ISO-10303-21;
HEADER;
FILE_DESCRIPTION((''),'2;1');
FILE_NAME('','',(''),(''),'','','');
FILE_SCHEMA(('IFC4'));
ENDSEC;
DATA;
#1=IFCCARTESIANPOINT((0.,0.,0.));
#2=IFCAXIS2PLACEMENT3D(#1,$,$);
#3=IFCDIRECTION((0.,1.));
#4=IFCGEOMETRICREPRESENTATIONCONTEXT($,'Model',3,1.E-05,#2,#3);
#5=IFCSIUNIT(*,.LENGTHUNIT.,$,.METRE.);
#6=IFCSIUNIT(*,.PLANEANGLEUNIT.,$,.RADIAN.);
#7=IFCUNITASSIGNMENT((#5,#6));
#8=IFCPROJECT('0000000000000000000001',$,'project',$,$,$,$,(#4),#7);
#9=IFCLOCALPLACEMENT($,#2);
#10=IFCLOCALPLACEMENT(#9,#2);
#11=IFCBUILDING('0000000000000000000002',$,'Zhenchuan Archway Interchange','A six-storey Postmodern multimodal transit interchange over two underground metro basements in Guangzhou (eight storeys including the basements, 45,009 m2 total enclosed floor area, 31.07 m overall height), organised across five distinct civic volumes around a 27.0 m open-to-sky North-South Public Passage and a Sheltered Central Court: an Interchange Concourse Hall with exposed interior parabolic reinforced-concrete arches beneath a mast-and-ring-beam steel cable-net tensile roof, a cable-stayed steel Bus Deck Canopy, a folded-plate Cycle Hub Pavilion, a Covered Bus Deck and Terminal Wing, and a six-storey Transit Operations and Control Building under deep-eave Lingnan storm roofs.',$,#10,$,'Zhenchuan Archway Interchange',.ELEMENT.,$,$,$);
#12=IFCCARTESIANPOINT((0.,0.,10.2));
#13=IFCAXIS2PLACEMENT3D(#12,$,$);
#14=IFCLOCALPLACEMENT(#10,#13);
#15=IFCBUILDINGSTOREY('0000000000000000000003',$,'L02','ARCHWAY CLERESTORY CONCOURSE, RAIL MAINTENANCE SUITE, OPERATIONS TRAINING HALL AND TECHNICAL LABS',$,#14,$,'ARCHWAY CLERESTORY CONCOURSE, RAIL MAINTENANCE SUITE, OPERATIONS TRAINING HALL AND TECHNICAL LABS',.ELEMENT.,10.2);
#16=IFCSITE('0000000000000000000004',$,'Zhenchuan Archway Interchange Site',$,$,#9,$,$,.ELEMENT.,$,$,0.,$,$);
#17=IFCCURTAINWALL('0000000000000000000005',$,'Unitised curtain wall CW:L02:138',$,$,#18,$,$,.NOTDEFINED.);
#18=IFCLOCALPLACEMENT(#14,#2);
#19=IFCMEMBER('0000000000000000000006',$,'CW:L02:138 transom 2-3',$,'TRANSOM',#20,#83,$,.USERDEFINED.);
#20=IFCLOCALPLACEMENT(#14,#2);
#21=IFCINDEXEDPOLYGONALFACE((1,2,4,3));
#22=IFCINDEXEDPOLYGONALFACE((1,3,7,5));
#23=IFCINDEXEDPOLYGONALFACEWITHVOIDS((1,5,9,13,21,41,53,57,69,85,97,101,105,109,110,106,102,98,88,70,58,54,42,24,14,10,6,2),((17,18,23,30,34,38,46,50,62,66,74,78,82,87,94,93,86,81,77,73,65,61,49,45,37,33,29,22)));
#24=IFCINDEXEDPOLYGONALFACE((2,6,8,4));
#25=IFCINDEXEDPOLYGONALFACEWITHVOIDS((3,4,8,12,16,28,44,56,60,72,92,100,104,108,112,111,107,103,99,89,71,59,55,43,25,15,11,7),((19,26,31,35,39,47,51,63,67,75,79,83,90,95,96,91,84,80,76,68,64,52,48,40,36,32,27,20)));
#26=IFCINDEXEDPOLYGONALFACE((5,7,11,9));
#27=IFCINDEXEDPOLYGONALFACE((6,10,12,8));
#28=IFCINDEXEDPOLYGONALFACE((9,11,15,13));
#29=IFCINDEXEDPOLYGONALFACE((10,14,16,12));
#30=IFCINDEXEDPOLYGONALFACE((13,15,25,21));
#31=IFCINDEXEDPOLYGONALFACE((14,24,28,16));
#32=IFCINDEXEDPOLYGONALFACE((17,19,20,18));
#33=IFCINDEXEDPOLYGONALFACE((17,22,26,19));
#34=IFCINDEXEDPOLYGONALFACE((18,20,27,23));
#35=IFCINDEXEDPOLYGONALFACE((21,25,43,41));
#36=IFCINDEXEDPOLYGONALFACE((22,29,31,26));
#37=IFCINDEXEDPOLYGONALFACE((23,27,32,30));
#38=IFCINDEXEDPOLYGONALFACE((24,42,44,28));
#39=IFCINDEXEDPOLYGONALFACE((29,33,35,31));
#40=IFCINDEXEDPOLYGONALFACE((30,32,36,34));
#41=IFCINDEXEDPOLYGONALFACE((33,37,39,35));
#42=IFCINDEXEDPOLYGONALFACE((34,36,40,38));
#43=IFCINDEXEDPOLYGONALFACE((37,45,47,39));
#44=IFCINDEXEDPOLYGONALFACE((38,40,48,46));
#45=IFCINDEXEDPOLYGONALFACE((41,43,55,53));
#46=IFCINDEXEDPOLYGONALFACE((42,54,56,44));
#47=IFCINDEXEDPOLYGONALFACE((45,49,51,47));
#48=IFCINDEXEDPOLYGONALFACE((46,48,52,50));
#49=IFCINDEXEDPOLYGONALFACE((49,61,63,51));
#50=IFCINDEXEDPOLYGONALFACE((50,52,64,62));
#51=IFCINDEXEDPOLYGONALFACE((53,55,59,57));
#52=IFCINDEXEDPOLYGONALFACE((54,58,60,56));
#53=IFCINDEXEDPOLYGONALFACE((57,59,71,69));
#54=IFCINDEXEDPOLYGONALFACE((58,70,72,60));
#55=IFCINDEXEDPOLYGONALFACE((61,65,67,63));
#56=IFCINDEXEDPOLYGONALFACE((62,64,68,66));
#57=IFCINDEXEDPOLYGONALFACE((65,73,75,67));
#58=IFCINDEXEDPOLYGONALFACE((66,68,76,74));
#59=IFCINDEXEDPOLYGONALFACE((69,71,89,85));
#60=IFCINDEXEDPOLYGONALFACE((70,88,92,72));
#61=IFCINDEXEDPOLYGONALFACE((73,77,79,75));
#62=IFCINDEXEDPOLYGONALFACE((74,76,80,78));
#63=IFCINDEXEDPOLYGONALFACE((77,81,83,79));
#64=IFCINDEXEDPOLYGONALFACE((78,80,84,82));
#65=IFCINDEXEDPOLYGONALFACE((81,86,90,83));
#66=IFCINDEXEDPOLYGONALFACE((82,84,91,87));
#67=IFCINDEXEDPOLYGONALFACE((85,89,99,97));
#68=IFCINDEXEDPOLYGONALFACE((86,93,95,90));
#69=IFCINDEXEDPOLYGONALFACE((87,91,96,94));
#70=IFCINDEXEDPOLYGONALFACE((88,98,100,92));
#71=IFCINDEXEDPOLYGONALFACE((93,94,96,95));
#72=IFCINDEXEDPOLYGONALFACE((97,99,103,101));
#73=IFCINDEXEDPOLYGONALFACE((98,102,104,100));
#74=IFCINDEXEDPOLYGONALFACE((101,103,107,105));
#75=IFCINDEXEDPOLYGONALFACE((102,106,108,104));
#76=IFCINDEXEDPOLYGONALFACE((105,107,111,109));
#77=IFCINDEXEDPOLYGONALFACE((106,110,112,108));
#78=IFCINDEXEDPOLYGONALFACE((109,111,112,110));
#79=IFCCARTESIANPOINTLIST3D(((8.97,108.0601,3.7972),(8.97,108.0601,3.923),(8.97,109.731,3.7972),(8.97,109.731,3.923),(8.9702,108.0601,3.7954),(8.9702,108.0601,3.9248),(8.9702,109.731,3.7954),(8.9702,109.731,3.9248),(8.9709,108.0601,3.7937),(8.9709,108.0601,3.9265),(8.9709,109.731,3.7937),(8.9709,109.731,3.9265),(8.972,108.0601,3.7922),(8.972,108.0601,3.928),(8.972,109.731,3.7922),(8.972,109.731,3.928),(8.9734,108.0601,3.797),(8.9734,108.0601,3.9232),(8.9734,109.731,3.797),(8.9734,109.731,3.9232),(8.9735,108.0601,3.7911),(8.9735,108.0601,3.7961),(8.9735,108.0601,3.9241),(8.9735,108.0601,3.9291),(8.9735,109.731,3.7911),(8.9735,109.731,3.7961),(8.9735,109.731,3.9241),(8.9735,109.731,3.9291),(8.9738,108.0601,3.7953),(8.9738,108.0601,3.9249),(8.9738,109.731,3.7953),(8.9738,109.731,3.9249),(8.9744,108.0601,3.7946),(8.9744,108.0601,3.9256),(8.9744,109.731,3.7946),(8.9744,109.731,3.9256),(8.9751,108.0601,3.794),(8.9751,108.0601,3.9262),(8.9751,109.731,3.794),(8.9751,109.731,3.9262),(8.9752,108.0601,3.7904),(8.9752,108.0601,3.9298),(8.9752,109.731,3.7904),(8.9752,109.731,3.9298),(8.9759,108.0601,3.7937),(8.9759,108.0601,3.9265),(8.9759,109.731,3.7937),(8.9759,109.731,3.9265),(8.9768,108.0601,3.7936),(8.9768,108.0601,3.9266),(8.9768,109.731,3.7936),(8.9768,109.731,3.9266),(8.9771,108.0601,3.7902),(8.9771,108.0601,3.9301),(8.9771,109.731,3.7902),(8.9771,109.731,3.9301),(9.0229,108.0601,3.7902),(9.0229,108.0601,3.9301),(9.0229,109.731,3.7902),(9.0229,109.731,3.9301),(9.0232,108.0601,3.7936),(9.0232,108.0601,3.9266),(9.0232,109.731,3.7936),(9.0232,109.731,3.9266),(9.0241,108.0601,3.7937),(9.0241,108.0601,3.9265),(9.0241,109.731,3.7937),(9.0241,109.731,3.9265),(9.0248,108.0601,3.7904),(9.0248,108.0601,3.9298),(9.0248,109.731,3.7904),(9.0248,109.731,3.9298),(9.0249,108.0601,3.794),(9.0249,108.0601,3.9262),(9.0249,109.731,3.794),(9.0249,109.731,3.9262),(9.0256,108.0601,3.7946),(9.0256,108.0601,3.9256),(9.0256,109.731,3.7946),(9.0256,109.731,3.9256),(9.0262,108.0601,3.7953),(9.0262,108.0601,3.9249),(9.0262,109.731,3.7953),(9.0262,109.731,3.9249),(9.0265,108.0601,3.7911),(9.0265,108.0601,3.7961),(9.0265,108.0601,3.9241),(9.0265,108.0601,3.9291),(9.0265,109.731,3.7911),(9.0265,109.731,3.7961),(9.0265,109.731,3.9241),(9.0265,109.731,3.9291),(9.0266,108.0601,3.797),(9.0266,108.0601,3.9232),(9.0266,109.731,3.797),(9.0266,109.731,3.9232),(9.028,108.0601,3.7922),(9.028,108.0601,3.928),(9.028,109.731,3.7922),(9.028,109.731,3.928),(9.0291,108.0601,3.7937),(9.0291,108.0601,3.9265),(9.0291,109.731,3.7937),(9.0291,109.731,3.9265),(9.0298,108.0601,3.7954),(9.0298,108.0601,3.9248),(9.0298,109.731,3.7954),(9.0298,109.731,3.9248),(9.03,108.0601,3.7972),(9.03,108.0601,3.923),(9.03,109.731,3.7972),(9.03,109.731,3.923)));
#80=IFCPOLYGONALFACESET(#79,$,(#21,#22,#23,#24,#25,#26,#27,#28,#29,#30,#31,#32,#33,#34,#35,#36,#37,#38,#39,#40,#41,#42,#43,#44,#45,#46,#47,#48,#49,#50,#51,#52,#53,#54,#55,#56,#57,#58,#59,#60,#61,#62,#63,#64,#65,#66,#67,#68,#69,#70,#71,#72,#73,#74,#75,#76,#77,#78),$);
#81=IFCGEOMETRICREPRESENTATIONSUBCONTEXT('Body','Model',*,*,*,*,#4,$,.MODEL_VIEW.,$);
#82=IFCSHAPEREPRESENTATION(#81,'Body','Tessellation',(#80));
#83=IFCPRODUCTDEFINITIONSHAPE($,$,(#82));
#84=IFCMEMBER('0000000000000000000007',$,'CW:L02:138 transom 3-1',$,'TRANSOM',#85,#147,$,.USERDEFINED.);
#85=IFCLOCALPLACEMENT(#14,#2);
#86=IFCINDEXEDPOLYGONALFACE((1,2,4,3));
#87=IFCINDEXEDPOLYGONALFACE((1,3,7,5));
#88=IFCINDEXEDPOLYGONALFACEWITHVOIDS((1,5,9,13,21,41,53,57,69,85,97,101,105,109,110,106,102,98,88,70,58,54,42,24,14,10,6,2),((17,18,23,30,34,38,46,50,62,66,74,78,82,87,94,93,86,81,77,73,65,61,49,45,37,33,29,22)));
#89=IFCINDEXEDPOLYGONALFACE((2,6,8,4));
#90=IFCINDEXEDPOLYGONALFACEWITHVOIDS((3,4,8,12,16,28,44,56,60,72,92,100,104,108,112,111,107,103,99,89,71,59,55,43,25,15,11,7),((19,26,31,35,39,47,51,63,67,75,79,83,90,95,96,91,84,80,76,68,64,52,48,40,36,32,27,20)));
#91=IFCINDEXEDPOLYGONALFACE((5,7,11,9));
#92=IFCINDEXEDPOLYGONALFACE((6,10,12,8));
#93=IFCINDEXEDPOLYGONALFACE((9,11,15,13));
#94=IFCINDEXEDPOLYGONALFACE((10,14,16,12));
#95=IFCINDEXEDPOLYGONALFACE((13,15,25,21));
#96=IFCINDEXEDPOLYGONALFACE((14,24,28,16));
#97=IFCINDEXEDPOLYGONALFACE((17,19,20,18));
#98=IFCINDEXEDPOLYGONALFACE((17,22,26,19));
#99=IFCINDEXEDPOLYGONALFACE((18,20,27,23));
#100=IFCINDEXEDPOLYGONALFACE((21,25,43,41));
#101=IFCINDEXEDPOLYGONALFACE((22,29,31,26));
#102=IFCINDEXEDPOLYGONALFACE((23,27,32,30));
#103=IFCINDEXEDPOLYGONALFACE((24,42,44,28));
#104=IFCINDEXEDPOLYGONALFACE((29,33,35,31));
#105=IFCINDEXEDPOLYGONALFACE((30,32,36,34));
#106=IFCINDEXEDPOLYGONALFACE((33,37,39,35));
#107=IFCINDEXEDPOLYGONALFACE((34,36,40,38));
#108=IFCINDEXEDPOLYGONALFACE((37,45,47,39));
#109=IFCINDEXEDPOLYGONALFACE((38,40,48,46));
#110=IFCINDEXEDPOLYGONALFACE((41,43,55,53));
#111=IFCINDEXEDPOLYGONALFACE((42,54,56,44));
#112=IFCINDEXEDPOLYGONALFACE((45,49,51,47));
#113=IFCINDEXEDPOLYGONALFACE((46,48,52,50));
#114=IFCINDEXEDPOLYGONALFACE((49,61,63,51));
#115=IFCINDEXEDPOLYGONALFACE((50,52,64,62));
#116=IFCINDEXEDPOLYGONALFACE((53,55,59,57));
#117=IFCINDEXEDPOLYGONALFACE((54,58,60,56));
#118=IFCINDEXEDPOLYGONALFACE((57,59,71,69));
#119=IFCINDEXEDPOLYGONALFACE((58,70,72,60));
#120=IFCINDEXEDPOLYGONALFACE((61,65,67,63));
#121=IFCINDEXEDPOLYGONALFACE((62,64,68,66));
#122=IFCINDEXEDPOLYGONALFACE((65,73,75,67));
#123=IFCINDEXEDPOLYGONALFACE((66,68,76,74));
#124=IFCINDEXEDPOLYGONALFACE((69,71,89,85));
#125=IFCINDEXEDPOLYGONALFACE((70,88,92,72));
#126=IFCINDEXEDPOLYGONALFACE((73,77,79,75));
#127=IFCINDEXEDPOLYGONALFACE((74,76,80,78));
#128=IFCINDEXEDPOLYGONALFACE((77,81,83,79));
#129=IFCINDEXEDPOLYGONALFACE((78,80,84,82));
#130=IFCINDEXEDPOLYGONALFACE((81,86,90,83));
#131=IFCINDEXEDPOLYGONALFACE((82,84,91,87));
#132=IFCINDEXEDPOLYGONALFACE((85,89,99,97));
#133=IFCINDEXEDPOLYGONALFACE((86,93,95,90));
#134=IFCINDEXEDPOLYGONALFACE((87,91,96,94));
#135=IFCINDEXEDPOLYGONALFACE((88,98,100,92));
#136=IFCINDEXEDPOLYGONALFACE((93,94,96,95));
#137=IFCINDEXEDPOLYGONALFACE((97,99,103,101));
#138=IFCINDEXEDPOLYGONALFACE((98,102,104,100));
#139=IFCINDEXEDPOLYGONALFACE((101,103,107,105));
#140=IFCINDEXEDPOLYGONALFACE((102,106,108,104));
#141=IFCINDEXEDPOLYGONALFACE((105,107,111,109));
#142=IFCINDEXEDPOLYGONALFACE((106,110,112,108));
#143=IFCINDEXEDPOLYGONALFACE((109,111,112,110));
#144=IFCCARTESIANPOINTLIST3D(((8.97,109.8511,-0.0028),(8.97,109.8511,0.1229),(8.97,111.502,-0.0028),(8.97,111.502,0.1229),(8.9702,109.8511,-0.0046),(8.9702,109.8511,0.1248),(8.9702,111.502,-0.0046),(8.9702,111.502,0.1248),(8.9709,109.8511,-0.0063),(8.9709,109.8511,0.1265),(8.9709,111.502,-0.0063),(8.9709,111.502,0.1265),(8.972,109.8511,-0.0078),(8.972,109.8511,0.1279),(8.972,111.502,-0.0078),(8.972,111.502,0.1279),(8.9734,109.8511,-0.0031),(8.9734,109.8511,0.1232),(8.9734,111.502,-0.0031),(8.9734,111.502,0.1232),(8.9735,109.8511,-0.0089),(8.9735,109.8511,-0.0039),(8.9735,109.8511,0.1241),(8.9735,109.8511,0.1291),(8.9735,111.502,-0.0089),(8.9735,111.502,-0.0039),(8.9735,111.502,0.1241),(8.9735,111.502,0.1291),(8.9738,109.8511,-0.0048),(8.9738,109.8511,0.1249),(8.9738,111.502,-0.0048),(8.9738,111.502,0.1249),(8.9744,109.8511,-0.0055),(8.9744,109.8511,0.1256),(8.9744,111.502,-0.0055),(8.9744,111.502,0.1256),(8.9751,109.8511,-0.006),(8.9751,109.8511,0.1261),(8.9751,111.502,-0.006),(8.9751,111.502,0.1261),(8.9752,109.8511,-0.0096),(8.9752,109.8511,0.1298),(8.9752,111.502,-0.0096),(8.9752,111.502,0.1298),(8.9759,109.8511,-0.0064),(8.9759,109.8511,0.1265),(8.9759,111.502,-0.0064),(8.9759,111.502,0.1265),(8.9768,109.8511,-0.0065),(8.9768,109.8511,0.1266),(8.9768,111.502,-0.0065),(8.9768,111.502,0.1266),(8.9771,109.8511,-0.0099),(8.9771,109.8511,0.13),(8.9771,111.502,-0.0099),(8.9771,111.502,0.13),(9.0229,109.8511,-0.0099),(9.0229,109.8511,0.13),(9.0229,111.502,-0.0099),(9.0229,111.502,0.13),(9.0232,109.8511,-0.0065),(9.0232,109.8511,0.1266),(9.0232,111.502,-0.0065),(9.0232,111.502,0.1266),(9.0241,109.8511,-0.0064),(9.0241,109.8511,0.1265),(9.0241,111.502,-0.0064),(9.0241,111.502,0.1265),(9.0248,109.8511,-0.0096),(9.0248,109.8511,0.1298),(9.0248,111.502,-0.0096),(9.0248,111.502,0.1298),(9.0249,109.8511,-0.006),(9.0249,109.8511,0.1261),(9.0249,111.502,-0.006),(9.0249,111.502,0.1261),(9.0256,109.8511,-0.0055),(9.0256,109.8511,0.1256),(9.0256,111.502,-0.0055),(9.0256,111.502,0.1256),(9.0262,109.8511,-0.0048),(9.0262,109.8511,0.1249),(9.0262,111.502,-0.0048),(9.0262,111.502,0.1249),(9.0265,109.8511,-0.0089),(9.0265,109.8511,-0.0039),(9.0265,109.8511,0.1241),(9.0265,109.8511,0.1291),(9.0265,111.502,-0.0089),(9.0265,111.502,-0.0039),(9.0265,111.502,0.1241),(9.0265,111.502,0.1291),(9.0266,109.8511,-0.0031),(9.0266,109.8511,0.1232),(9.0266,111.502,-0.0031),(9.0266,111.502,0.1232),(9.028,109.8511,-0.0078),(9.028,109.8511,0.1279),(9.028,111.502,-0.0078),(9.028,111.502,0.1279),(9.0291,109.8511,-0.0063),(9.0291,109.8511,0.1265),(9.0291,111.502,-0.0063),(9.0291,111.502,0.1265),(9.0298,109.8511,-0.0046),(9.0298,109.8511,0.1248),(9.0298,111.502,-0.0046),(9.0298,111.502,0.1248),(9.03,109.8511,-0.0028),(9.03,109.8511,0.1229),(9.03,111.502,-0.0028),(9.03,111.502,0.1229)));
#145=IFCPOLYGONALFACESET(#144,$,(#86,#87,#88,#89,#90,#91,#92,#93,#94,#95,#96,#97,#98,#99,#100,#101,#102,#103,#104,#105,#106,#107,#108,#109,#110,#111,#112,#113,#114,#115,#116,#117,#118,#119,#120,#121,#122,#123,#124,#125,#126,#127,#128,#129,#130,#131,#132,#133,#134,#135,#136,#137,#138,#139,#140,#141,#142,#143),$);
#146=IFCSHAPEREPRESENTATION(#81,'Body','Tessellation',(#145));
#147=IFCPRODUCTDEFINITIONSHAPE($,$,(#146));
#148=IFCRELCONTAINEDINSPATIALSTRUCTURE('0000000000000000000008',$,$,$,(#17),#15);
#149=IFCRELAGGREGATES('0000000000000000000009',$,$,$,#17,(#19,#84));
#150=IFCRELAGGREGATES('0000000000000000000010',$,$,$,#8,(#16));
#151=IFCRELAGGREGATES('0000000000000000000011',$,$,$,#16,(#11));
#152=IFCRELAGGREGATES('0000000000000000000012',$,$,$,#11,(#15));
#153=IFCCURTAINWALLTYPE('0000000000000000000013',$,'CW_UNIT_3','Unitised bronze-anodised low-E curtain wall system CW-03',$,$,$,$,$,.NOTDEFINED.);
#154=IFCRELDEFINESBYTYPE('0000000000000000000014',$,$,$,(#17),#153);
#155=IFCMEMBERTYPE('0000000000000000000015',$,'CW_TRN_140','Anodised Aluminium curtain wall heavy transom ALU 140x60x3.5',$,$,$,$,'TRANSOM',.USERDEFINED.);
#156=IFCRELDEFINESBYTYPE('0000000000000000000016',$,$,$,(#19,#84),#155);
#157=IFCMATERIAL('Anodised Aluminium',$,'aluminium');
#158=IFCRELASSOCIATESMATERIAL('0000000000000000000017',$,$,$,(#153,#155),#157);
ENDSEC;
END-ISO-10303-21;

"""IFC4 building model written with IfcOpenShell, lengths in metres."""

from ifc_helpers import new_model, si_unit, direction, frame, origin, origin_2d, place, context, subcontext, project, spatial, hollow_rectangle, extrude, material, material_profile, profile_set, type_object, element, aggregate, save


model = new_model("IFC4")

# Units and contexts
model_context = context("Model", 3, precision=1e-05, world=origin(), true_north=direction((0.0, 1.0)))
body_context = subcontext(model_context, "Body", "Model", "MODEL_VIEW")
ifc_project = project(units=[si_unit("LENGTHUNIT", "METRE"), si_unit("PLANEANGLEUNIT", "RADIAN")], contexts=[model_context])

# Site, building, storey
site_placement = place(None, origin())
site = spatial("IfcSite", under=ifc_project, at=site_placement, Name="Zhenchuan Archway Interchange Site", CompositionType="ELEMENT", RefElevation=0.0)
building_placement = place(site_placement, origin())
building = spatial("IfcBuilding", under=site, at=building_placement, Name="Zhenchuan Archway Interchange", Description="A six-storey Postmodern multimodal transit interchange over two underground metro basements in Guangzhou (eight storeys including the basements, 45,009 m2 total enclosed floor area, 31.07 m overall height), organised across five distinct civic volumes around a 27.0 m open-to-sky North-South Public Passage and a Sheltered Central Court: an Interchange Concourse Hall with exposed interior parabolic reinforced-concrete arches beneath a mast-and-ring-beam steel cable-net tensile roof, a cable-stayed steel Bus Deck Canopy, a folded-plate Cycle Hub Pavilion, a Covered Bus Deck and Terminal Wing, and a six-storey Transit Operations and Control Building under deep-eave Lingnan storm roofs.", LongName="Zhenchuan Archway Interchange", CompositionType="ELEMENT")
storey_placement = place(building_placement, frame((0.0, 0.0, 10.2)))
storey = spatial("IfcBuildingStorey", under=building, at=storey_placement, Name="L02", Description="ARCHWAY CLERESTORY CONCOURSE, RAIL MAINTENANCE SUITE, OPERATIONS TRAINING HALL AND TECHNICAL LABS", LongName="ARCHWAY CLERESTORY CONCOURSE, RAIL MAINTENANCE SUITE, OPERATIONS TRAINING HALL AND TECHNICAL LABS", CompositionType="ELEMENT", Elevation=10.2)

# Curtain wall, members
ifc_material_1 = material(Name="Anodised Aluminium", Category="aluminium")
curtain_wall_type = type_object("IfcCurtainWallType", Name="CW_UNIT_3", Description="Unitised bronze-anodised low-E curtain wall system CW-03", PredefinedType="NOTDEFINED", material=ifc_material_1)
curtain_wall_placement = place(storey_placement, origin())
curtain_wall = element("IfcCurtainWall", 1, at=curtain_wall_placement, inside=storey, type_object=curtain_wall_type, Name="Unitised curtain wall CW:L02:138", PredefinedType="NOTDEFINED")
ifc_material_profile_1 = material_profile(ifc_material_1, hollow_rectangle(XDim=0.0601, YDim=0.1399, WallThickness=0.0034, InnerFilletRadius=0.0034, OuterFilletRadius=0.0071, at=origin_2d()), Name="ALU 140x60x3.5")
ifc_profile_set_1 = profile_set([ifc_material_profile_1], Name="Anodised Aluminium")
member_type_1 = type_object("IfcMemberType", Name="CW_TRN_140", Description="Anodised Aluminium curtain wall heavy transom ALU 140x60x3.5", ElementType="TRANSOM", PredefinedType="USERDEFINED", material=ifc_profile_set_1)
member_1_placement = place(storey_placement, frame((9.0, 108.0601, 3.8601), z_axis=(0.0, 1.0, 0.0), x_axis=(-1.0, 0.0, 0.0)))
member_1 = element("IfcMember", 2, at=member_1_placement, type_object=member_type_1, Name="CW:L02:138 transom 2-3", ObjectType="TRANSOM", PredefinedType="USERDEFINED", context=body_context, shape_type="SweptSolid", body=[
    extrude(hollow_rectangle(XDim=0.0601, YDim=0.1399, WallThickness=0.0034, InnerFilletRadius=0.0034, OuterFilletRadius=0.0071, at=origin_2d()), origin(), (0.0, 0.0, 1.0), 1.6709),
])
member_2_placement = place(storey_placement, frame((9.0, 109.8511, 0.0601), z_axis=(0.0, 1.0, 0.0), x_axis=(-1.0, 0.0, 0.0)))
member_2 = element("IfcMember", 3, at=member_2_placement, type_object=member_type_1, Name="CW:L02:138 transom 3-1", ObjectType="TRANSOM", PredefinedType="USERDEFINED", context=body_context, shape_type="SweptSolid", body=[
    extrude(hollow_rectangle(XDim=0.0601, YDim=0.1399, WallThickness=0.0034, InnerFilletRadius=0.0034, OuterFilletRadius=0.0071, at=origin_2d()), origin(), (0.0, 0.0, 1.0), 1.6509),
])
aggregate(curtain_wall, [member_1, member_2])

save(model, "model.ifc")
